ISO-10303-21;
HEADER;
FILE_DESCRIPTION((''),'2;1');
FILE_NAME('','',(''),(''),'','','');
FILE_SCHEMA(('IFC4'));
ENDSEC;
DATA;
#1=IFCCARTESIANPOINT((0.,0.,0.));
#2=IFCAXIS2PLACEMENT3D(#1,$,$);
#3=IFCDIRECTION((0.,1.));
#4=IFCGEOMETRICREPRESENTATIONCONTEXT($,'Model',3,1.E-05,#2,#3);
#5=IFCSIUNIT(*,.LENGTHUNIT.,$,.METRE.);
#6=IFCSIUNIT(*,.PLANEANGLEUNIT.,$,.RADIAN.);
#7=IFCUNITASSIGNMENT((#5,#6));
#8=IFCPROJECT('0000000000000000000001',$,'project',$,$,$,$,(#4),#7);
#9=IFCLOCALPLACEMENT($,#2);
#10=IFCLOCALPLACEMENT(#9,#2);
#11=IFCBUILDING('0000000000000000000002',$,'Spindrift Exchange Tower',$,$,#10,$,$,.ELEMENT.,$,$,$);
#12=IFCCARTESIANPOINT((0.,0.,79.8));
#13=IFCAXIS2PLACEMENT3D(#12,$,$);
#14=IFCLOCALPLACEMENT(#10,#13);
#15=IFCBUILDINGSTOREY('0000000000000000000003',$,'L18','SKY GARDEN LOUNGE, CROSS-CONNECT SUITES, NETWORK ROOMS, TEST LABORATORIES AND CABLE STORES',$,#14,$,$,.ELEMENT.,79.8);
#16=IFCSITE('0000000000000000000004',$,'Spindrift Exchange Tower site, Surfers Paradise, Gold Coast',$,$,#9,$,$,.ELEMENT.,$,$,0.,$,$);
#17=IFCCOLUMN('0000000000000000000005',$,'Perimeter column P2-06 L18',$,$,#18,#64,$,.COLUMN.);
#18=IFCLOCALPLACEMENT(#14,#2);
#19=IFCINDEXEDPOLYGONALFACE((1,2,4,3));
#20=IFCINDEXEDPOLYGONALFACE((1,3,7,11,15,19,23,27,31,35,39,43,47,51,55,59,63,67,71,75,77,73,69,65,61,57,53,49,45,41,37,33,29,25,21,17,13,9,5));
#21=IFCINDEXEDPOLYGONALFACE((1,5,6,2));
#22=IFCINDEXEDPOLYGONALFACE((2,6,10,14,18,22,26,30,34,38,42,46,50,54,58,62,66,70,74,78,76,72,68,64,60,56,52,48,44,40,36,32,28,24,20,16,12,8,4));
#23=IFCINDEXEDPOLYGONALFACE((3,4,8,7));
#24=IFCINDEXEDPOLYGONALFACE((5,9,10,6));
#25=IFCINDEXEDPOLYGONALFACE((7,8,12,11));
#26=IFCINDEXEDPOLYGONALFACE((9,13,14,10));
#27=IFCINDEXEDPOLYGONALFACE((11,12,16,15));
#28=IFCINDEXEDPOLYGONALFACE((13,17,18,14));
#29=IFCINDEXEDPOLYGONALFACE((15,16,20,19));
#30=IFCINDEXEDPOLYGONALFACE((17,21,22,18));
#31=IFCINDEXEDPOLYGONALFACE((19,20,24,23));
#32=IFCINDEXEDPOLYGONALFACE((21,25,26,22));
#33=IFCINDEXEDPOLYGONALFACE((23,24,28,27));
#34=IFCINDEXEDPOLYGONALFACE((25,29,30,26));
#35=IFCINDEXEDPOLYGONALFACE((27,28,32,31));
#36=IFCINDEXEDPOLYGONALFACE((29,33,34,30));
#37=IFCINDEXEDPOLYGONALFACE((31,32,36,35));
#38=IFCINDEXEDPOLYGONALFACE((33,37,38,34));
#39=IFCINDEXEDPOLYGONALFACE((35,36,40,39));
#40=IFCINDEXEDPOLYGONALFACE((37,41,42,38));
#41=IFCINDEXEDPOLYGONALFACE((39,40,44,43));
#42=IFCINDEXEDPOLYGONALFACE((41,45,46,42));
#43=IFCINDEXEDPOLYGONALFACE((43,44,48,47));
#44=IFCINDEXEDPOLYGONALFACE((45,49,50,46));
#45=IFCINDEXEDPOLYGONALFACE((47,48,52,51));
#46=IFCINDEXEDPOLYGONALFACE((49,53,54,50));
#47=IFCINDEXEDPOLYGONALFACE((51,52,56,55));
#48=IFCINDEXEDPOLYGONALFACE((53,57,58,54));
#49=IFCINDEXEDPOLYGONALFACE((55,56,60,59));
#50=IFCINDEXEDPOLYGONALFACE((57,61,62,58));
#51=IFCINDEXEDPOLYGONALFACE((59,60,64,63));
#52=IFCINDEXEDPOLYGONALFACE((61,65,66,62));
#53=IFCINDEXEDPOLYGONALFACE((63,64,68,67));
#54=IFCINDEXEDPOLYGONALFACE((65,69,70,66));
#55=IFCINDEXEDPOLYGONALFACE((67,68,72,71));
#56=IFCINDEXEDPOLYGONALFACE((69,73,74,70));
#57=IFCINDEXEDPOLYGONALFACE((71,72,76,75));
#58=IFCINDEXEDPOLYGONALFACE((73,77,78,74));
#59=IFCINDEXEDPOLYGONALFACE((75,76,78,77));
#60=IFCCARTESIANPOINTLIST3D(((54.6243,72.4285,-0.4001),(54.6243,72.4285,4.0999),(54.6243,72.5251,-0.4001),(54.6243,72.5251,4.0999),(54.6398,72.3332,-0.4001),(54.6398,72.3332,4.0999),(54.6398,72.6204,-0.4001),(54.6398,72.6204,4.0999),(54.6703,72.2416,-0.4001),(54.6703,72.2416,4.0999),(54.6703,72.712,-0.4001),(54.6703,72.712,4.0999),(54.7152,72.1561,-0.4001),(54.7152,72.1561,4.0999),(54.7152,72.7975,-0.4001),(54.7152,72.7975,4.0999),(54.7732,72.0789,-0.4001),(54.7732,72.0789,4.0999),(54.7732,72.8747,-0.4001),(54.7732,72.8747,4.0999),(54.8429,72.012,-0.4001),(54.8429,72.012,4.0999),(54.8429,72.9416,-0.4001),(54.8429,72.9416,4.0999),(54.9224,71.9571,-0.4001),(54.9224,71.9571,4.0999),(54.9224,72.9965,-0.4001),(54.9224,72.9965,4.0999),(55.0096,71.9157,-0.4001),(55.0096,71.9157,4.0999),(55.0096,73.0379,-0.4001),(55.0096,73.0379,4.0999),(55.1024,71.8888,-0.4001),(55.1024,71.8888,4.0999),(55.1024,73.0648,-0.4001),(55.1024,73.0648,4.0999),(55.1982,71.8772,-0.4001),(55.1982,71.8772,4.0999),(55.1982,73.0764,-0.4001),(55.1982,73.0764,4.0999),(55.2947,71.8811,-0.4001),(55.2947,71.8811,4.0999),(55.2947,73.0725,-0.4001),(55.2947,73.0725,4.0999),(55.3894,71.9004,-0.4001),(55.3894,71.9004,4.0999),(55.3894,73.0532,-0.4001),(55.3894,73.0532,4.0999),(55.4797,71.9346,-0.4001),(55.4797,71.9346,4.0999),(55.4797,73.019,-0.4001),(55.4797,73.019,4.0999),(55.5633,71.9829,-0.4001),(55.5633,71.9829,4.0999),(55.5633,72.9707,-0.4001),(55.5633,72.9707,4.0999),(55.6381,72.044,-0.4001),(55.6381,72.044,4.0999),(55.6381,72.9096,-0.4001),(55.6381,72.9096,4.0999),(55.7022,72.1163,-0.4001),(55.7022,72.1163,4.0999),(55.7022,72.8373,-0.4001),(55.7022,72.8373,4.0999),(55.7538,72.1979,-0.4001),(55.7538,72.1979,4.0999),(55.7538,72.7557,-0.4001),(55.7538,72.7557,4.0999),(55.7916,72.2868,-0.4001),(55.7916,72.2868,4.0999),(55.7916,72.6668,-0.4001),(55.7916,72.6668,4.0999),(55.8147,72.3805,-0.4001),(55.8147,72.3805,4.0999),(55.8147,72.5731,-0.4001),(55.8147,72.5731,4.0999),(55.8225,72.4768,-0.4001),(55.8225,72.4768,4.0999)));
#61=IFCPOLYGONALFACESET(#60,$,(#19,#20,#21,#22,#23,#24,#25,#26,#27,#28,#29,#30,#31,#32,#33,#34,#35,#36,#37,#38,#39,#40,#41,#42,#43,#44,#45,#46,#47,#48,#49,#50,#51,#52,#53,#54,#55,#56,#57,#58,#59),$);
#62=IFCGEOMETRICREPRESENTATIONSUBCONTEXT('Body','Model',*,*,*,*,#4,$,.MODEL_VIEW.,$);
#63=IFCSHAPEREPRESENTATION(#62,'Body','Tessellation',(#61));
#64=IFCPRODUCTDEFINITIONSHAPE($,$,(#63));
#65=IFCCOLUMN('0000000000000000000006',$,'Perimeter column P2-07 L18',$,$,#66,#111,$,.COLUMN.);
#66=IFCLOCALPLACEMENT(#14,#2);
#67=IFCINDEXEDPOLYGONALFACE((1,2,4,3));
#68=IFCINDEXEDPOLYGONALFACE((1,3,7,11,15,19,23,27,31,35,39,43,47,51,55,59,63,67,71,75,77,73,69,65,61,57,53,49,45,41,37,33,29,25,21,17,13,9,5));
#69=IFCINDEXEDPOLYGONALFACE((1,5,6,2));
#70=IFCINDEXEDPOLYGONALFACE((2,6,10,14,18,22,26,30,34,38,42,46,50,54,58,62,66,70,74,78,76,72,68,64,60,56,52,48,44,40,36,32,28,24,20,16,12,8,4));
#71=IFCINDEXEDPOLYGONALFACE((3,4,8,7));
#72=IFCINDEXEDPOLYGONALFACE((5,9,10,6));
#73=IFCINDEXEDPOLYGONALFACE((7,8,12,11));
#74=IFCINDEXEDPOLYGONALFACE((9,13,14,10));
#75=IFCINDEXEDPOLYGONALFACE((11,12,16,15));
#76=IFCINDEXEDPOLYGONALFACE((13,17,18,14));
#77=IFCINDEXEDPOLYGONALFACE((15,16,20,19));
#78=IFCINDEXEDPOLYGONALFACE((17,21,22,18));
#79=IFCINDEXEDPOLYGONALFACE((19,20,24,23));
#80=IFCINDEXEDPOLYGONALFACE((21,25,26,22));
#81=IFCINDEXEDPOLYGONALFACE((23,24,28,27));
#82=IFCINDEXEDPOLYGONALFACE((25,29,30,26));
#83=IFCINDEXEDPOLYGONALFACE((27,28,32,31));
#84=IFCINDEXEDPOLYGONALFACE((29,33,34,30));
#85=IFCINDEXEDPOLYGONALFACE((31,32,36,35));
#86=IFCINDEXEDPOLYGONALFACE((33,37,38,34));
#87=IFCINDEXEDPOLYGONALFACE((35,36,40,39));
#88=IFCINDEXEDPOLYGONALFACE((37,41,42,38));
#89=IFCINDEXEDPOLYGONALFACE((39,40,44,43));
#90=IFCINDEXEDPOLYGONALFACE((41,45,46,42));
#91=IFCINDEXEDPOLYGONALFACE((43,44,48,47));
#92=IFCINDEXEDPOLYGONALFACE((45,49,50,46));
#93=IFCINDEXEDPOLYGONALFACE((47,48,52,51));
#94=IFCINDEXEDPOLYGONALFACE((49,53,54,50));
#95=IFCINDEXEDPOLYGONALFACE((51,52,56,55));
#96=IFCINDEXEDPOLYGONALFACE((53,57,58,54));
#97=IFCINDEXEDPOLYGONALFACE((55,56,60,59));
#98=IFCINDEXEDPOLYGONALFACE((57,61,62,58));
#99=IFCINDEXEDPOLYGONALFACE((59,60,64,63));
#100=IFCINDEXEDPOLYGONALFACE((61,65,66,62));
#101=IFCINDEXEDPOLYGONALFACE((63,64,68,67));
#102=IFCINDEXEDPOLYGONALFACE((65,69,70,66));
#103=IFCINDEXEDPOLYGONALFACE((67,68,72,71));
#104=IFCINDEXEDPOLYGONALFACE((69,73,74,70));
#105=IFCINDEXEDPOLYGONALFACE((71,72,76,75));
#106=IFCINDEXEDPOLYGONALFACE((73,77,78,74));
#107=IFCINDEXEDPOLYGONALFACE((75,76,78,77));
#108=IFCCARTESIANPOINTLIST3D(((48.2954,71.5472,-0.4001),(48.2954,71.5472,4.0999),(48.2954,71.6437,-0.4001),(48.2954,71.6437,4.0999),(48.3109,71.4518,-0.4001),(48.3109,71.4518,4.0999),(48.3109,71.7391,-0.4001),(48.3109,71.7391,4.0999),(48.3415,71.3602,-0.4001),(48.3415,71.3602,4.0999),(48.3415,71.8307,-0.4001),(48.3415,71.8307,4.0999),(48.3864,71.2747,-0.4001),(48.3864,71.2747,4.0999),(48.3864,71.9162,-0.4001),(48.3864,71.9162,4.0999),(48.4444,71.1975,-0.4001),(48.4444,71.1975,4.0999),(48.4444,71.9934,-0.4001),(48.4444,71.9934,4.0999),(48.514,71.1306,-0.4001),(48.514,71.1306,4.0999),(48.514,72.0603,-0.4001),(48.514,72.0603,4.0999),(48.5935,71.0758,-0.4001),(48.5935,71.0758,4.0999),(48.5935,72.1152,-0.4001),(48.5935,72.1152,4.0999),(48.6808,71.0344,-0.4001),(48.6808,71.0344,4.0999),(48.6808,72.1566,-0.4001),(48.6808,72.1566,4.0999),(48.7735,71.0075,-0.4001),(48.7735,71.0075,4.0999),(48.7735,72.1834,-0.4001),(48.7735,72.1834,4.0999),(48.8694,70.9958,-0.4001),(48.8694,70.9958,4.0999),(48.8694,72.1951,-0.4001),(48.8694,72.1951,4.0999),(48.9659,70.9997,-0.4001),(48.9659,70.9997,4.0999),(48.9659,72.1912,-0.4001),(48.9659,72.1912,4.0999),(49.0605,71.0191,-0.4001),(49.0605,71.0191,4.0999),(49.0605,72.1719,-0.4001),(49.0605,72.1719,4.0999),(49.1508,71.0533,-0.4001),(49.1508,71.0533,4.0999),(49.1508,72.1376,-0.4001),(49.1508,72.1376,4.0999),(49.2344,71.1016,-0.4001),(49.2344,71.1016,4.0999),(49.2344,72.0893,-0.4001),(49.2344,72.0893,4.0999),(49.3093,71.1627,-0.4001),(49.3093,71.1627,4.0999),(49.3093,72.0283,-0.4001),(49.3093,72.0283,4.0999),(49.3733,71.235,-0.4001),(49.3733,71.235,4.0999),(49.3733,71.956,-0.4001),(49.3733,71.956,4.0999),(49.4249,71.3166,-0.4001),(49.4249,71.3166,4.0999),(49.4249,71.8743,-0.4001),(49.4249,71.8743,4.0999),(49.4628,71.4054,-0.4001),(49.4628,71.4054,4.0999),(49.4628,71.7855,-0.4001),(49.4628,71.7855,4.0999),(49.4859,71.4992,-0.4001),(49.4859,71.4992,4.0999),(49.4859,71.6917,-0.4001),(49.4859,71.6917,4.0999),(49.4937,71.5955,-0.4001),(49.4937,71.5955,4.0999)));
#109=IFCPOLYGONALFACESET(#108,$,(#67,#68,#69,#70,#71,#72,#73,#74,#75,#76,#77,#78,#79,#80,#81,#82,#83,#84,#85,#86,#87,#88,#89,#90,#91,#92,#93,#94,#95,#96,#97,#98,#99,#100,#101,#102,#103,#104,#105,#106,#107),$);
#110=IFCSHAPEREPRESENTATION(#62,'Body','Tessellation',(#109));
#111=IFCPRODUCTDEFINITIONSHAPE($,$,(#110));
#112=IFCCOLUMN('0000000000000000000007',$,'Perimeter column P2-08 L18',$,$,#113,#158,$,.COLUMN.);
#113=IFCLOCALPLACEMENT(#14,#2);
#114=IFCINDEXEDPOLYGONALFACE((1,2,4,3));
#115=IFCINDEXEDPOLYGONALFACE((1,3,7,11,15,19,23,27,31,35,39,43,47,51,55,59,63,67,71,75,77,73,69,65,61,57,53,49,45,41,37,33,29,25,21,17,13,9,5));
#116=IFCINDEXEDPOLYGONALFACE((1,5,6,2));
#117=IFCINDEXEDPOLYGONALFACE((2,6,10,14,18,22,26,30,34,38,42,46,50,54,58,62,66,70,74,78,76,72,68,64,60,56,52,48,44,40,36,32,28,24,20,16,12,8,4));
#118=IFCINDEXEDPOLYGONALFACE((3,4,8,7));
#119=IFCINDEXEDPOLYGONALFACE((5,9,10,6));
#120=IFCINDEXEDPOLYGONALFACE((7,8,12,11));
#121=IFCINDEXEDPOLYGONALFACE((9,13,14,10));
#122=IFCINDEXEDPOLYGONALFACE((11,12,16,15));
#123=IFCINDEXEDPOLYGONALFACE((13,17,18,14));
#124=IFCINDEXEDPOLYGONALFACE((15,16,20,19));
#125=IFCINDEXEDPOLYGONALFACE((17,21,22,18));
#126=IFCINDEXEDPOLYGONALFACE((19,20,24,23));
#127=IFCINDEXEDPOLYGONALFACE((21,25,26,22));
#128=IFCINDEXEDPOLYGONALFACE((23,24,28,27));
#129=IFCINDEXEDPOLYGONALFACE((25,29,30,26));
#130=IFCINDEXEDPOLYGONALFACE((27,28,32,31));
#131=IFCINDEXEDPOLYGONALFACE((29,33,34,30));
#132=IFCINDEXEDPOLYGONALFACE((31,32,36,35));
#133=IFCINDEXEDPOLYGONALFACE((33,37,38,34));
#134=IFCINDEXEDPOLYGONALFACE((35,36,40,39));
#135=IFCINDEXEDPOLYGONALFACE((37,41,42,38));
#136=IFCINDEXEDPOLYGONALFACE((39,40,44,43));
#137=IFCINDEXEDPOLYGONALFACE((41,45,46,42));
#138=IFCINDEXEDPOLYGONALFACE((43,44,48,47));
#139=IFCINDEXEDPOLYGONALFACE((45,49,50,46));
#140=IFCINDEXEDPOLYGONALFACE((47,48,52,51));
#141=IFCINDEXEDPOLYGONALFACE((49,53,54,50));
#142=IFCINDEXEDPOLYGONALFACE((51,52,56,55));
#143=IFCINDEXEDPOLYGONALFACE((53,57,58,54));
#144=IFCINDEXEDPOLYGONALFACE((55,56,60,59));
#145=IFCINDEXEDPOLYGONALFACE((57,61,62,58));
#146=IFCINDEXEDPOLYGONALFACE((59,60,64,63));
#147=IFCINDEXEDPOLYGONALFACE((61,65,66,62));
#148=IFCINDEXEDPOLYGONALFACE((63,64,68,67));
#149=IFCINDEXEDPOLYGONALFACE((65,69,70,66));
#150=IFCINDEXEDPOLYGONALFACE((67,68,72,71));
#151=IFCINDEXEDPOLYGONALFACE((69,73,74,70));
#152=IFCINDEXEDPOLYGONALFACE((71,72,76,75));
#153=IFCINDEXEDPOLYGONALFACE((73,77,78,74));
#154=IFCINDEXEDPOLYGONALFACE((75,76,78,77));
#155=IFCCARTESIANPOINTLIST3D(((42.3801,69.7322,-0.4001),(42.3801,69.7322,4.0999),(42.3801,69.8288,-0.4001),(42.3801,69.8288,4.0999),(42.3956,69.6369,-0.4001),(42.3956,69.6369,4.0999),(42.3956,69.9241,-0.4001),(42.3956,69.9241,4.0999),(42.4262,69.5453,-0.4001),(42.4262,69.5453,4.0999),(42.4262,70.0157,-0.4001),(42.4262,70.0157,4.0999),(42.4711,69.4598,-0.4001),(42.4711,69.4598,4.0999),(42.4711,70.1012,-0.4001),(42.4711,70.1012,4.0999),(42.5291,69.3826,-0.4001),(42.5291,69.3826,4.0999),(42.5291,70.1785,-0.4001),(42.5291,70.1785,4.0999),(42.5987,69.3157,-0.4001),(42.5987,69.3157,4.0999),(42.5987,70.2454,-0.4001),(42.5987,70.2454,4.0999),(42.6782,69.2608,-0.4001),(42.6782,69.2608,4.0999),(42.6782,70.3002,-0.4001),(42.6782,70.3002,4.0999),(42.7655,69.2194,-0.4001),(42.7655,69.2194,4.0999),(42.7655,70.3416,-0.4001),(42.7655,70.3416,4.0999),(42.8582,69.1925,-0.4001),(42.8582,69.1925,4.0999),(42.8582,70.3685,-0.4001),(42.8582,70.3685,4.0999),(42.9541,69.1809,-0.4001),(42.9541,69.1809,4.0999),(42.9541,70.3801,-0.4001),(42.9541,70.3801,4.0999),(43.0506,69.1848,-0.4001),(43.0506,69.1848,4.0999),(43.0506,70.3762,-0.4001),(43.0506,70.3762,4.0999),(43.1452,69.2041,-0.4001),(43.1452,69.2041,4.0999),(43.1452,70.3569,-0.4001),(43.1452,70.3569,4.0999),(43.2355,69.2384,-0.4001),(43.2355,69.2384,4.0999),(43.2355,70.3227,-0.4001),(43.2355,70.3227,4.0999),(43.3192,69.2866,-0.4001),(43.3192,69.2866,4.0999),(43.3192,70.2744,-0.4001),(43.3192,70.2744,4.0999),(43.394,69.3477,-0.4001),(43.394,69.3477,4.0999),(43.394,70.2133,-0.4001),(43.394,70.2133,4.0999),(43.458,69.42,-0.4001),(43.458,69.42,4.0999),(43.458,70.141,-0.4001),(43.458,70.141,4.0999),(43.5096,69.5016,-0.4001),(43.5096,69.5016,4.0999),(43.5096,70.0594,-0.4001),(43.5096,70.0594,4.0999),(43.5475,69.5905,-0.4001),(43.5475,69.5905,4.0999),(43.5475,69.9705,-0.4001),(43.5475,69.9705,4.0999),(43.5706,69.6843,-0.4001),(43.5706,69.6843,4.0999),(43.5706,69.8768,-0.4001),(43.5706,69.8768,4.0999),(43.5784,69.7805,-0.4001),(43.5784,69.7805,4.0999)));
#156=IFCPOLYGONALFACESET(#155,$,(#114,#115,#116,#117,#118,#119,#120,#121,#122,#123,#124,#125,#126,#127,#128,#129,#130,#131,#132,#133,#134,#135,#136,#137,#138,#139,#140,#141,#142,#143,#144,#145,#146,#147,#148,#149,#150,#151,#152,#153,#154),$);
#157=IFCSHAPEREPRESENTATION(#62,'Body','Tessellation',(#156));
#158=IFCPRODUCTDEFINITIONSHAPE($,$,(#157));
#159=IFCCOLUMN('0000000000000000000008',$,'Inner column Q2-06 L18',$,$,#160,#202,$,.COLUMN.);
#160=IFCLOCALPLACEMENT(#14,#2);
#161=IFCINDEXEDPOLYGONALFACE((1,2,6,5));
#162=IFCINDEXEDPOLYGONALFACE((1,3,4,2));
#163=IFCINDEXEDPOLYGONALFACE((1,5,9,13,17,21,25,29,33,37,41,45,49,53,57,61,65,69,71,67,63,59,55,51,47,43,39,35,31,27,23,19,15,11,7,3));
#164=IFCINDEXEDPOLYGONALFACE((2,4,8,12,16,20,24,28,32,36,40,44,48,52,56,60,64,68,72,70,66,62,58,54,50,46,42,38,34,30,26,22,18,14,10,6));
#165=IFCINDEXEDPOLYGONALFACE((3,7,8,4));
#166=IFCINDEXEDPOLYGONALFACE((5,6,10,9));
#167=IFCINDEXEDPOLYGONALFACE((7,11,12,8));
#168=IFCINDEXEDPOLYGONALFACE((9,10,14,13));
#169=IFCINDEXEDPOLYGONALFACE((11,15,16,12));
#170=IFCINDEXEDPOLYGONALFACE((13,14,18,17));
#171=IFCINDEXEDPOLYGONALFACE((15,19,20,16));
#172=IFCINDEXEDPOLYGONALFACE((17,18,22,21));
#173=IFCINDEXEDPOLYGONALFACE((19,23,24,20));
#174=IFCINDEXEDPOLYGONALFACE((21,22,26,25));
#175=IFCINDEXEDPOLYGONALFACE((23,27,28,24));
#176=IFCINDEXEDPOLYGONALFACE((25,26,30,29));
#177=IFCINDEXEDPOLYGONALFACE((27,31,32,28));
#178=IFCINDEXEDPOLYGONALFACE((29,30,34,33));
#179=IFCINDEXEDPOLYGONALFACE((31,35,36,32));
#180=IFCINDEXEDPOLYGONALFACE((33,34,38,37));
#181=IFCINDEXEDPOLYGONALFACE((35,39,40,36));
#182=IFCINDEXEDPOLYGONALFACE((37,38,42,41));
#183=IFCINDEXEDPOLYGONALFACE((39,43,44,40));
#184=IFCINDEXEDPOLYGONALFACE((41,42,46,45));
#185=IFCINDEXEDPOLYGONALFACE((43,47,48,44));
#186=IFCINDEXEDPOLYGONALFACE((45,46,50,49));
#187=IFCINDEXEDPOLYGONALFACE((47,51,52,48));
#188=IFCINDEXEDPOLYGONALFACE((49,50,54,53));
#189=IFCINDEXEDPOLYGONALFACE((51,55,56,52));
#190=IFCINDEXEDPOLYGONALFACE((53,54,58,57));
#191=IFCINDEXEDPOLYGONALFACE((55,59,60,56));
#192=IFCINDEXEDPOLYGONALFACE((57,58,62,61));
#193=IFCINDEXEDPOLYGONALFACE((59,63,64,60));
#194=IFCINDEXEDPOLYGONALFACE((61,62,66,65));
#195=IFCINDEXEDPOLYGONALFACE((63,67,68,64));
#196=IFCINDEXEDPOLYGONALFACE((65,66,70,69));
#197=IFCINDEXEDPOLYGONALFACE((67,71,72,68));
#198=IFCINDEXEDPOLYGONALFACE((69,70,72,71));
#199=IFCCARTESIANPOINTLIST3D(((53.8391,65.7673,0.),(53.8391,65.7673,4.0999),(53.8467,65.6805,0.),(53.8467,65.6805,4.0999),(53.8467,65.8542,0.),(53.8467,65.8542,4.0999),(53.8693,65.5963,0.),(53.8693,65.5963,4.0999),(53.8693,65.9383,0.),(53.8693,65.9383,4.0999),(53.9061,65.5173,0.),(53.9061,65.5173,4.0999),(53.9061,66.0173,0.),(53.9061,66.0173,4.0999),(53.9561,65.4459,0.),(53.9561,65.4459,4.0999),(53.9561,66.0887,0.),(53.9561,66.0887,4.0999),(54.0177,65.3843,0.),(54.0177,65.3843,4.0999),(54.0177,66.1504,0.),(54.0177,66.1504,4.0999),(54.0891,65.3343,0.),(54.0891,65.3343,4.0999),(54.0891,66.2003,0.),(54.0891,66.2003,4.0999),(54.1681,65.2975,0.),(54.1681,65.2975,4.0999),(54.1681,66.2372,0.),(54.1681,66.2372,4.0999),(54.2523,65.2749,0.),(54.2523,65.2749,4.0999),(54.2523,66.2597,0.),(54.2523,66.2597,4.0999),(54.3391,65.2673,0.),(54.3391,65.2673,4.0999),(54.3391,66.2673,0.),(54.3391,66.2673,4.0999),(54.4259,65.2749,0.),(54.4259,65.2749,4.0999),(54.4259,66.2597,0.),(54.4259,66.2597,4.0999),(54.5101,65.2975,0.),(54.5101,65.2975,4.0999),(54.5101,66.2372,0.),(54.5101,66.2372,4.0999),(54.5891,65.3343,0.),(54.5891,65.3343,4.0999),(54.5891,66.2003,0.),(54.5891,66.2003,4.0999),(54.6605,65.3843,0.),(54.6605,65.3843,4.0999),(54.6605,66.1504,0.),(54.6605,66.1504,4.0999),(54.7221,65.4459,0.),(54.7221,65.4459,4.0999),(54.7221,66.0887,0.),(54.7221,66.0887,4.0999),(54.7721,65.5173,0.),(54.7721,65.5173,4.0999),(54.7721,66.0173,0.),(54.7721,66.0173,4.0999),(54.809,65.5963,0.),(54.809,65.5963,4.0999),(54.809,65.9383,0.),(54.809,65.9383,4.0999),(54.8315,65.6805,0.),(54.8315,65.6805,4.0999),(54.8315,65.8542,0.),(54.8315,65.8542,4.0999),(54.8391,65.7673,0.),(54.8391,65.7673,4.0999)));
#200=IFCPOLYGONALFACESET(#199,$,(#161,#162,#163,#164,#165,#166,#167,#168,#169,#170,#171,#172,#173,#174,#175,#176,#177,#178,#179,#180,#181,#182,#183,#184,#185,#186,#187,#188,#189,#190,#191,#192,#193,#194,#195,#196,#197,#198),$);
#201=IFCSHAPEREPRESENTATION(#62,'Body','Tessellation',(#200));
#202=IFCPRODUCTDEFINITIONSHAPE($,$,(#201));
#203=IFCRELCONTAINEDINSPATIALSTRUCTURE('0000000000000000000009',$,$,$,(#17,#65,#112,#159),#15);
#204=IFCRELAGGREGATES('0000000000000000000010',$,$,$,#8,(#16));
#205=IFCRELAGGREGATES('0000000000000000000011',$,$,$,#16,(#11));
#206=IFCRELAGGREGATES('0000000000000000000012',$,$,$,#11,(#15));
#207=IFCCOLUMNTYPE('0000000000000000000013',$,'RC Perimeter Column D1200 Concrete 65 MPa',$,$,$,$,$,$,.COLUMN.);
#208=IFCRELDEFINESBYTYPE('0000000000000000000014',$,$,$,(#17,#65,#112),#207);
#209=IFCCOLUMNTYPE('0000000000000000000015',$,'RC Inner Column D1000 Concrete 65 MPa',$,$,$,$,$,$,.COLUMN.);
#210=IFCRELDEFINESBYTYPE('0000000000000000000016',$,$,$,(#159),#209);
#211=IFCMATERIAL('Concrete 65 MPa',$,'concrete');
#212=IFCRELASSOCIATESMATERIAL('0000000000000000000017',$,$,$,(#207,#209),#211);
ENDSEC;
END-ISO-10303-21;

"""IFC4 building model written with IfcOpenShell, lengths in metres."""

from ifc_helpers import new_model, si_unit, direction, frame, origin, origin_2d, place, context, subcontext, project, spatial, circle, extrude, source, transform, mapped, material, material_profile, profile_set, type_object, element, save


model = new_model("IFC4")

# Units and contexts
model_context = context("Model", 3, precision=1e-05, world=origin(), true_north=direction((0.0, 1.0)))
body_context = subcontext(model_context, "Body", "Model", "MODEL_VIEW")
ifc_project = project(units=[si_unit("LENGTHUNIT", "METRE"), si_unit("PLANEANGLEUNIT", "RADIAN")], contexts=[model_context])

# Site, building, storey
site_placement = place(None, origin())
site = spatial("IfcSite", under=ifc_project, at=site_placement, Name="Spindrift Exchange Tower site, Surfers Paradise, Gold Coast", CompositionType="ELEMENT", RefElevation=0.0)
building_placement = place(site_placement, origin())
building = spatial("IfcBuilding", under=site, at=building_placement, Name="Spindrift Exchange Tower", CompositionType="ELEMENT")
storey_placement = place(building_placement, frame((0.0, 0.0, 79.8)))
storey = spatial("IfcBuildingStorey", under=building, at=storey_placement, Name="L18", Description="SKY GARDEN LOUNGE, CROSS-CONNECT SUITES, NETWORK ROOMS, TEST LABORATORIES AND CABLE STORES", CompositionType="ELEMENT", Elevation=79.8)

# Columns
ifc_material_1 = material(Name="Concrete 65 MPa", Category="concrete")
ifc_material_profile_1 = material_profile(ifc_material_1, circle(Radius=0.6001, at=origin_2d()), Name="RC D1200")
ifc_profile_set_1 = profile_set([ifc_material_profile_1], Name="Concrete 65 MPa")
column_type_1 = type_object("IfcColumnType", Name="RC Perimeter Column D1200 Concrete 65 MPa", PredefinedType="COLUMN", material=ifc_profile_set_1)
shared_shape_1 = source(origin(), body_context, "Body", "SweptSolid", [
    extrude(circle(Radius=0.6001, at=origin_2d()), origin(), (0.0, 0.0, 1.0), 4.5),
])
for number, where, z_axis, x_axis, name in (
    (1, (55.2224, 72.4768, -0.4001), (0.0, 0.0, 1.0), (1.0, 0.0, 0.0), "Perimeter column P2-06 L18"),
    (2, (48.8936, 71.5955, -0.4001), (0.0, 0.0, 1.0), (1.0, 0.0, 0.0), "Perimeter column P2-07 L18"),
    (3, (42.9783, 69.7805, -0.4001), (0.0, 0.0, 1.0), (1.0, 0.0, 0.0), "Perimeter column P2-08 L18"),
):
    element("IfcColumn", number, at=place(storey_placement, frame(where, z_axis=z_axis, x_axis=x_axis)), inside=storey, type_object=column_type_1, Name=name, PredefinedType="COLUMN", context=body_context, shape_type="MappedRepresentation", body=[
        mapped(shared_shape_1, transform((0.0, 0.0, 0.0), scale=1.0)),
    ])
ifc_material_profile_2 = material_profile(ifc_material_1, circle(Radius=0.5, at=origin_2d()), Name="RC D1000")
ifc_profile_set_2 = profile_set([ifc_material_profile_2], Name="Concrete 65 MPa")
column_type_2 = type_object("IfcColumnType", Name="RC Inner Column D1000 Concrete 65 MPa", PredefinedType="COLUMN", material=ifc_profile_set_2)
shared_shape_2 = source(origin(), body_context, "Body", "SweptSolid", [
    extrude(circle(Radius=0.5, at=origin_2d()), origin(), (0.0, 0.0, 1.0), 4.0999),
])
for number, where, z_axis, x_axis, name in (
    (4, (54.3391, 65.7673, 0.0), (0.0, 0.0, 1.0), (1.0, 0.0, 0.0), "Inner column Q2-06 L18"),
):
    element("IfcColumn", number, at=place(storey_placement, frame(where, z_axis=z_axis, x_axis=x_axis)), inside=storey, type_object=column_type_2, Name=name, PredefinedType="COLUMN", context=body_context, shape_type="MappedRepresentation", body=[
        mapped(shared_shape_2, transform((0.0, 0.0, 0.0), scale=1.0)),
    ])

save(model, "model.ifc")
